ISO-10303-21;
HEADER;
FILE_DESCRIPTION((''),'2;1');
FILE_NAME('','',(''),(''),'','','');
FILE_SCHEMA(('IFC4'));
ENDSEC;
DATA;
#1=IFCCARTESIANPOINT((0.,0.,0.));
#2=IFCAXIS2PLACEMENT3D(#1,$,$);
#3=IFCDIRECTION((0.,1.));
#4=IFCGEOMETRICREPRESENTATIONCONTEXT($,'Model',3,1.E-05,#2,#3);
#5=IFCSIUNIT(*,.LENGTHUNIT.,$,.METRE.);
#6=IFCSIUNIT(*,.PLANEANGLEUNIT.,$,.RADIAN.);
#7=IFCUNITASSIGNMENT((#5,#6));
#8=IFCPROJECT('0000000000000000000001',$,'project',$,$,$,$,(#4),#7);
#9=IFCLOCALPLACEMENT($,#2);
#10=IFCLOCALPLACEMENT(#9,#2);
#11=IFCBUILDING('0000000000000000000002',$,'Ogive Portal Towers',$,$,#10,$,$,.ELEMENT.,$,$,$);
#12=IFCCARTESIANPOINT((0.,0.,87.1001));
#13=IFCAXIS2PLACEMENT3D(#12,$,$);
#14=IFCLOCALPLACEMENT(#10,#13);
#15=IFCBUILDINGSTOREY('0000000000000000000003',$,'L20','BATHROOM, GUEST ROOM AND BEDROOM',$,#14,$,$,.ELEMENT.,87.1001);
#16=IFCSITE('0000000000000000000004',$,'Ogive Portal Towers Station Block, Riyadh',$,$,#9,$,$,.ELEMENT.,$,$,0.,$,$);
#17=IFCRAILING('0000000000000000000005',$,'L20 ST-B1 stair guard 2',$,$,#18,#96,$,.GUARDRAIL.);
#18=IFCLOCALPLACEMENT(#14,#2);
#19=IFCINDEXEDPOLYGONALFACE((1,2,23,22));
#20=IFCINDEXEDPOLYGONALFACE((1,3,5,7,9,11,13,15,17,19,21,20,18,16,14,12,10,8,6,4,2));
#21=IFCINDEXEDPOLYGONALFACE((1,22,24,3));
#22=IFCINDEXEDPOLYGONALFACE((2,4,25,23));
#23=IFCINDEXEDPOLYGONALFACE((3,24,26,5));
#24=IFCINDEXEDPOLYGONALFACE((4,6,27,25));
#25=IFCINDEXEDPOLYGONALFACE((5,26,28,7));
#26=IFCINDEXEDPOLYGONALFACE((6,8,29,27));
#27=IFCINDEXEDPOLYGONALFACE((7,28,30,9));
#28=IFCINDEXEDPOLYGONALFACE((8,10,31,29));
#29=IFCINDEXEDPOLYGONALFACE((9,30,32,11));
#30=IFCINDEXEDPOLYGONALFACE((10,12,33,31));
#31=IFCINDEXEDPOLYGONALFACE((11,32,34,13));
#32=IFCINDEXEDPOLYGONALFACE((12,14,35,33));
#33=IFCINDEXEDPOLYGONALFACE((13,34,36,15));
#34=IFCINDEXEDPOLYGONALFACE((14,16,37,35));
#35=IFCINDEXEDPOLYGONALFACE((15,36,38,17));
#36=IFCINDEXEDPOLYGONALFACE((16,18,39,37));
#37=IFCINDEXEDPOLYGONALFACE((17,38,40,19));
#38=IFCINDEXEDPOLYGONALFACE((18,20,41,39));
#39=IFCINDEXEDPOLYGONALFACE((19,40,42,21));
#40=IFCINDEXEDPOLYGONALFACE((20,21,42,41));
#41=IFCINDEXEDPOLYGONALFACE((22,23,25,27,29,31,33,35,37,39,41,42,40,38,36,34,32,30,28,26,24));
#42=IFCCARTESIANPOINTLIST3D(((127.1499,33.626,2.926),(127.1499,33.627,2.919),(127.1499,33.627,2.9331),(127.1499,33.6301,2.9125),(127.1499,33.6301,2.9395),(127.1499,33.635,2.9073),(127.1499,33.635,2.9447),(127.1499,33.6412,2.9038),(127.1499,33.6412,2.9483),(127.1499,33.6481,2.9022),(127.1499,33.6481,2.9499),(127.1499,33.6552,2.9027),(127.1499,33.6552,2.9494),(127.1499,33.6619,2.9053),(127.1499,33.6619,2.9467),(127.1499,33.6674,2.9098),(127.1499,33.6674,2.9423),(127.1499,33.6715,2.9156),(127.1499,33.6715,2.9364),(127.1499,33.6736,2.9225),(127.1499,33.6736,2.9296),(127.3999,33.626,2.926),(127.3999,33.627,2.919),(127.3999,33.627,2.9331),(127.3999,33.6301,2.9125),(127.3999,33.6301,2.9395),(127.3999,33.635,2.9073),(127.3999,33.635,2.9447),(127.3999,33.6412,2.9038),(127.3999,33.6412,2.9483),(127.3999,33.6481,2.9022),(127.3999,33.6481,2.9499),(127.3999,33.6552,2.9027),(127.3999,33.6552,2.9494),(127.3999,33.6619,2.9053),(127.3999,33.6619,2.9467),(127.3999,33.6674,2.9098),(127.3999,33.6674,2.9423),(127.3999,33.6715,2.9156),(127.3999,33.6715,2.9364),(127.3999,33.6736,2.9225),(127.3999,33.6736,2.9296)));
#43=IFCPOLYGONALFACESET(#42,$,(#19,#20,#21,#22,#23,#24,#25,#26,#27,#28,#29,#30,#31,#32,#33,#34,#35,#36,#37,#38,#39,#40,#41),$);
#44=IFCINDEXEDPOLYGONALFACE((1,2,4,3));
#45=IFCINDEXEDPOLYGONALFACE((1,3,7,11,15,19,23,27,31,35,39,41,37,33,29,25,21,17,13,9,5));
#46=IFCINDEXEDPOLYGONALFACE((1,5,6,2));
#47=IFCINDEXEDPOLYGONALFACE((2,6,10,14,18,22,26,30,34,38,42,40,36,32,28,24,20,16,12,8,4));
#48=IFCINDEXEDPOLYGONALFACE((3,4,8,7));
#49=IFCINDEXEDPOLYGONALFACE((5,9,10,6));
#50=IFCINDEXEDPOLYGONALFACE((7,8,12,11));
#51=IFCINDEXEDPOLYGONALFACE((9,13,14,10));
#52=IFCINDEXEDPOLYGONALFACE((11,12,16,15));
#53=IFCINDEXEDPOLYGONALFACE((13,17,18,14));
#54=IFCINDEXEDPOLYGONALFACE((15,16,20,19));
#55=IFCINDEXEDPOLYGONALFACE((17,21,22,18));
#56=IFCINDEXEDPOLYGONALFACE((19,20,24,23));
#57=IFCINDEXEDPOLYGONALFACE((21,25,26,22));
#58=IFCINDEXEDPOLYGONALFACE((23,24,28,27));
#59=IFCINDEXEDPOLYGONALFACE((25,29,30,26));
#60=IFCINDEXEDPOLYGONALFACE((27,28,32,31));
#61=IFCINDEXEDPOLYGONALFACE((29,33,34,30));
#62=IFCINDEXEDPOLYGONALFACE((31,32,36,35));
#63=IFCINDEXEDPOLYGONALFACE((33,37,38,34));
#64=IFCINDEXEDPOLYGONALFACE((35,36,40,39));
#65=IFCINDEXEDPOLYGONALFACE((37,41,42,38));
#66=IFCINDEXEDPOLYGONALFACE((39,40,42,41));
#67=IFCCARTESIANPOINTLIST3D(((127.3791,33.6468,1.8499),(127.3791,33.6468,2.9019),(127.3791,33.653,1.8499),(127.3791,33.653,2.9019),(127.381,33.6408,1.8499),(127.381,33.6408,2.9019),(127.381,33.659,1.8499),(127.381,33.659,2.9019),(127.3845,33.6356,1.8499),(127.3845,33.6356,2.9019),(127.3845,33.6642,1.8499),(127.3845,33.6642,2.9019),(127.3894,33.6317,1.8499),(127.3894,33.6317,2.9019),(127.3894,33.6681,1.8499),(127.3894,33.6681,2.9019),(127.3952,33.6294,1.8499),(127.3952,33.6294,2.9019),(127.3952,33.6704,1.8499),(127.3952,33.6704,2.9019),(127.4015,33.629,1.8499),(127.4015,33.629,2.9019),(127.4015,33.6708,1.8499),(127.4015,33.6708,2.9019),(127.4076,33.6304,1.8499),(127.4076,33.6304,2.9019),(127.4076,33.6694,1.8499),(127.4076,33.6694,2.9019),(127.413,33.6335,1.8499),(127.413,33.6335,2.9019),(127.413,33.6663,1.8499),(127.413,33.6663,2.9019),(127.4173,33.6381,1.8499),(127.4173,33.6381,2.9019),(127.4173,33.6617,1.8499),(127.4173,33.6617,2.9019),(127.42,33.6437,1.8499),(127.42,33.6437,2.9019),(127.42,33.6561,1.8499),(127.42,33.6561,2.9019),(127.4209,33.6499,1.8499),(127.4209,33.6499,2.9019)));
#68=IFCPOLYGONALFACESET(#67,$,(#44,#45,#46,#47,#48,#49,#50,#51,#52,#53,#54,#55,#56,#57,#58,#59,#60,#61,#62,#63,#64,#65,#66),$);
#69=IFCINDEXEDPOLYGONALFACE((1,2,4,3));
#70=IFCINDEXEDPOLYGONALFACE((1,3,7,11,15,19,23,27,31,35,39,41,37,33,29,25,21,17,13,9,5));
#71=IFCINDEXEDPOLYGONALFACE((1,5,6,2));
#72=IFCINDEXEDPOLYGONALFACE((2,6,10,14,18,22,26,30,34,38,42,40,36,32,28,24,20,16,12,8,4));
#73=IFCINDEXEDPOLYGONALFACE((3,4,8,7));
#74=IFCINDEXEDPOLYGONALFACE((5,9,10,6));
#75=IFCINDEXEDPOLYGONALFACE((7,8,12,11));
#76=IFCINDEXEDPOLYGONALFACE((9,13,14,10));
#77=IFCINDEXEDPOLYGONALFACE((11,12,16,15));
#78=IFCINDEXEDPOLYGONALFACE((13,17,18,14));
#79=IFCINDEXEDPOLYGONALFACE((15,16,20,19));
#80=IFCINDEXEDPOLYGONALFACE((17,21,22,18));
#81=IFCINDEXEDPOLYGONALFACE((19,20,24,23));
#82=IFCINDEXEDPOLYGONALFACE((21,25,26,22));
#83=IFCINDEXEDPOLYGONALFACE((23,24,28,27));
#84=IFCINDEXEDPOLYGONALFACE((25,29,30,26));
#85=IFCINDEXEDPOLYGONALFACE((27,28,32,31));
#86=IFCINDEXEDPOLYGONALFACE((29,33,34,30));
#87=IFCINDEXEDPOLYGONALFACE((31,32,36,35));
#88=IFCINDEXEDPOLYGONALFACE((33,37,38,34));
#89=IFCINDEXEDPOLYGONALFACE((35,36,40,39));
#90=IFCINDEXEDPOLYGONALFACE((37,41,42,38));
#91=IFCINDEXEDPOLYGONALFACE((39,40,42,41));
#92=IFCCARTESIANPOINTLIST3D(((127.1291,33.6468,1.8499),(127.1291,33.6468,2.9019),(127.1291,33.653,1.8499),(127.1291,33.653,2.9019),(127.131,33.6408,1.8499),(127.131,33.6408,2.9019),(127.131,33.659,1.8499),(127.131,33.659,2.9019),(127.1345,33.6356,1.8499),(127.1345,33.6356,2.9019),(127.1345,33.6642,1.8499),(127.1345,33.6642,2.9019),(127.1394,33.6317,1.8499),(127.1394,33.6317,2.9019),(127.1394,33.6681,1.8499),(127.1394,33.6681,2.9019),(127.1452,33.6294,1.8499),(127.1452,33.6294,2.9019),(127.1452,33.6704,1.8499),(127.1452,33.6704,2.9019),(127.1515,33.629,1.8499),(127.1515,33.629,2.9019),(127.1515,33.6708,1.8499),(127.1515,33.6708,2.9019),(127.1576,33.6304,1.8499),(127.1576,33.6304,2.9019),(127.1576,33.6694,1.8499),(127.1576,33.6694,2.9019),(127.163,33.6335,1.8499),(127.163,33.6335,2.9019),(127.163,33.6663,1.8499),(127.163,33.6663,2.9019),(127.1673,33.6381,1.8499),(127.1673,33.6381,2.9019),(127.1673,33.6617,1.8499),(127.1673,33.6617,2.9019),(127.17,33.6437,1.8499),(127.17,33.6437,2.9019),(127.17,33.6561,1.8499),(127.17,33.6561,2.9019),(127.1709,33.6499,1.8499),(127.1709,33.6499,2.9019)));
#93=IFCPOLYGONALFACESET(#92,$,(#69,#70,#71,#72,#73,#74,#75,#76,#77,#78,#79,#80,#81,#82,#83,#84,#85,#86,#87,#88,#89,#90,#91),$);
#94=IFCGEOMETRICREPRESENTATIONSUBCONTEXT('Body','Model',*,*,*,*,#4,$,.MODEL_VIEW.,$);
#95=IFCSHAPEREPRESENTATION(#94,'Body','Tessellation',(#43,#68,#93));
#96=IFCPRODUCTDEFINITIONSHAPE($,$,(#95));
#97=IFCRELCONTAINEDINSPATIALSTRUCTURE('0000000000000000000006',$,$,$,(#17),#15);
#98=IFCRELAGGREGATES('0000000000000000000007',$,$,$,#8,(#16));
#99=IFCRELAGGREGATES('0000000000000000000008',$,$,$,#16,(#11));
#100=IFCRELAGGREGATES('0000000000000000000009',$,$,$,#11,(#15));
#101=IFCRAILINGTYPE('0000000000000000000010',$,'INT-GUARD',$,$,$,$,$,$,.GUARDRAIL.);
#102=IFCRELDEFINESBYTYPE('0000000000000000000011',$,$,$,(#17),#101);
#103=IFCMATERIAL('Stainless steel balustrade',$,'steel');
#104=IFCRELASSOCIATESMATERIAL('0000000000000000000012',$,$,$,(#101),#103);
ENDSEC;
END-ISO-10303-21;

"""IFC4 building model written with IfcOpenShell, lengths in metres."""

from ifc_helpers import new_model, si_unit, direction, frame, origin, origin_2d, place, context, subcontext, project, spatial, circle, extrude, material, type_object, element, save


model = new_model("IFC4")

# Units and contexts
model_context = context("Model", 3, precision=1e-05, world=origin(), true_north=direction((0.0, 1.0)))
body_context = subcontext(model_context, "Body", "Model", "MODEL_VIEW")
ifc_project = project(units=[si_unit("LENGTHUNIT", "METRE"), si_unit("PLANEANGLEUNIT", "RADIAN")], contexts=[model_context])

# Site, building, storey
site_placement = place(None, origin())
site = spatial("IfcSite", under=ifc_project, at=site_placement, Name="Ogive Portal Towers Station Block, Riyadh", CompositionType="ELEMENT", RefElevation=0.0)
building_placement = place(site_placement, origin())
building = spatial("IfcBuilding", under=site, at=building_placement, Name="Ogive Portal Towers", CompositionType="ELEMENT")
storey_placement = place(building_placement, frame((0.0, 0.0, 87.1001)))
storey = spatial("IfcBuildingStorey", under=building, at=storey_placement, Name="L20", Description="BATHROOM, GUEST ROOM AND BEDROOM", CompositionType="ELEMENT", Elevation=87.1001)

# Railing
ifc_material_1 = material(Name="Stainless steel balustrade", Category="steel")
railing_type_1 = type_object("IfcRailingType", Name="INT-GUARD", PredefinedType="GUARDRAIL", material=ifc_material_1)
railing_1_placement = place(storey_placement, frame((127.3999, 33.6499, 1.8499)))
element("IfcRailing", 1, at=railing_1_placement, inside=storey, type_object=railing_type_1, Name="L20 ST-B1 stair guard 2", PredefinedType="GUARDRAIL", context=body_context, shape_type="SweptSolid", body=[
    extrude(circle(Radius=0.0239, at=origin_2d()), frame((0.0, 0.0, 1.0762), z_axis=(-1.0, 0.0, 0.0), x_axis=(0.0, -1.0, 0.0)), (0.0, 0.0, 1.0), 0.25),
    extrude(circle(Radius=0.021, at=origin_2d()), origin(), (0.0, 0.0, 1.0), 1.052),
    extrude(circle(Radius=0.021, at=origin_2d()), frame((-0.25, 0.0, 0.0)), (0.0, 0.0, 1.0), 1.052),
])

save(model, "model.ifc")
